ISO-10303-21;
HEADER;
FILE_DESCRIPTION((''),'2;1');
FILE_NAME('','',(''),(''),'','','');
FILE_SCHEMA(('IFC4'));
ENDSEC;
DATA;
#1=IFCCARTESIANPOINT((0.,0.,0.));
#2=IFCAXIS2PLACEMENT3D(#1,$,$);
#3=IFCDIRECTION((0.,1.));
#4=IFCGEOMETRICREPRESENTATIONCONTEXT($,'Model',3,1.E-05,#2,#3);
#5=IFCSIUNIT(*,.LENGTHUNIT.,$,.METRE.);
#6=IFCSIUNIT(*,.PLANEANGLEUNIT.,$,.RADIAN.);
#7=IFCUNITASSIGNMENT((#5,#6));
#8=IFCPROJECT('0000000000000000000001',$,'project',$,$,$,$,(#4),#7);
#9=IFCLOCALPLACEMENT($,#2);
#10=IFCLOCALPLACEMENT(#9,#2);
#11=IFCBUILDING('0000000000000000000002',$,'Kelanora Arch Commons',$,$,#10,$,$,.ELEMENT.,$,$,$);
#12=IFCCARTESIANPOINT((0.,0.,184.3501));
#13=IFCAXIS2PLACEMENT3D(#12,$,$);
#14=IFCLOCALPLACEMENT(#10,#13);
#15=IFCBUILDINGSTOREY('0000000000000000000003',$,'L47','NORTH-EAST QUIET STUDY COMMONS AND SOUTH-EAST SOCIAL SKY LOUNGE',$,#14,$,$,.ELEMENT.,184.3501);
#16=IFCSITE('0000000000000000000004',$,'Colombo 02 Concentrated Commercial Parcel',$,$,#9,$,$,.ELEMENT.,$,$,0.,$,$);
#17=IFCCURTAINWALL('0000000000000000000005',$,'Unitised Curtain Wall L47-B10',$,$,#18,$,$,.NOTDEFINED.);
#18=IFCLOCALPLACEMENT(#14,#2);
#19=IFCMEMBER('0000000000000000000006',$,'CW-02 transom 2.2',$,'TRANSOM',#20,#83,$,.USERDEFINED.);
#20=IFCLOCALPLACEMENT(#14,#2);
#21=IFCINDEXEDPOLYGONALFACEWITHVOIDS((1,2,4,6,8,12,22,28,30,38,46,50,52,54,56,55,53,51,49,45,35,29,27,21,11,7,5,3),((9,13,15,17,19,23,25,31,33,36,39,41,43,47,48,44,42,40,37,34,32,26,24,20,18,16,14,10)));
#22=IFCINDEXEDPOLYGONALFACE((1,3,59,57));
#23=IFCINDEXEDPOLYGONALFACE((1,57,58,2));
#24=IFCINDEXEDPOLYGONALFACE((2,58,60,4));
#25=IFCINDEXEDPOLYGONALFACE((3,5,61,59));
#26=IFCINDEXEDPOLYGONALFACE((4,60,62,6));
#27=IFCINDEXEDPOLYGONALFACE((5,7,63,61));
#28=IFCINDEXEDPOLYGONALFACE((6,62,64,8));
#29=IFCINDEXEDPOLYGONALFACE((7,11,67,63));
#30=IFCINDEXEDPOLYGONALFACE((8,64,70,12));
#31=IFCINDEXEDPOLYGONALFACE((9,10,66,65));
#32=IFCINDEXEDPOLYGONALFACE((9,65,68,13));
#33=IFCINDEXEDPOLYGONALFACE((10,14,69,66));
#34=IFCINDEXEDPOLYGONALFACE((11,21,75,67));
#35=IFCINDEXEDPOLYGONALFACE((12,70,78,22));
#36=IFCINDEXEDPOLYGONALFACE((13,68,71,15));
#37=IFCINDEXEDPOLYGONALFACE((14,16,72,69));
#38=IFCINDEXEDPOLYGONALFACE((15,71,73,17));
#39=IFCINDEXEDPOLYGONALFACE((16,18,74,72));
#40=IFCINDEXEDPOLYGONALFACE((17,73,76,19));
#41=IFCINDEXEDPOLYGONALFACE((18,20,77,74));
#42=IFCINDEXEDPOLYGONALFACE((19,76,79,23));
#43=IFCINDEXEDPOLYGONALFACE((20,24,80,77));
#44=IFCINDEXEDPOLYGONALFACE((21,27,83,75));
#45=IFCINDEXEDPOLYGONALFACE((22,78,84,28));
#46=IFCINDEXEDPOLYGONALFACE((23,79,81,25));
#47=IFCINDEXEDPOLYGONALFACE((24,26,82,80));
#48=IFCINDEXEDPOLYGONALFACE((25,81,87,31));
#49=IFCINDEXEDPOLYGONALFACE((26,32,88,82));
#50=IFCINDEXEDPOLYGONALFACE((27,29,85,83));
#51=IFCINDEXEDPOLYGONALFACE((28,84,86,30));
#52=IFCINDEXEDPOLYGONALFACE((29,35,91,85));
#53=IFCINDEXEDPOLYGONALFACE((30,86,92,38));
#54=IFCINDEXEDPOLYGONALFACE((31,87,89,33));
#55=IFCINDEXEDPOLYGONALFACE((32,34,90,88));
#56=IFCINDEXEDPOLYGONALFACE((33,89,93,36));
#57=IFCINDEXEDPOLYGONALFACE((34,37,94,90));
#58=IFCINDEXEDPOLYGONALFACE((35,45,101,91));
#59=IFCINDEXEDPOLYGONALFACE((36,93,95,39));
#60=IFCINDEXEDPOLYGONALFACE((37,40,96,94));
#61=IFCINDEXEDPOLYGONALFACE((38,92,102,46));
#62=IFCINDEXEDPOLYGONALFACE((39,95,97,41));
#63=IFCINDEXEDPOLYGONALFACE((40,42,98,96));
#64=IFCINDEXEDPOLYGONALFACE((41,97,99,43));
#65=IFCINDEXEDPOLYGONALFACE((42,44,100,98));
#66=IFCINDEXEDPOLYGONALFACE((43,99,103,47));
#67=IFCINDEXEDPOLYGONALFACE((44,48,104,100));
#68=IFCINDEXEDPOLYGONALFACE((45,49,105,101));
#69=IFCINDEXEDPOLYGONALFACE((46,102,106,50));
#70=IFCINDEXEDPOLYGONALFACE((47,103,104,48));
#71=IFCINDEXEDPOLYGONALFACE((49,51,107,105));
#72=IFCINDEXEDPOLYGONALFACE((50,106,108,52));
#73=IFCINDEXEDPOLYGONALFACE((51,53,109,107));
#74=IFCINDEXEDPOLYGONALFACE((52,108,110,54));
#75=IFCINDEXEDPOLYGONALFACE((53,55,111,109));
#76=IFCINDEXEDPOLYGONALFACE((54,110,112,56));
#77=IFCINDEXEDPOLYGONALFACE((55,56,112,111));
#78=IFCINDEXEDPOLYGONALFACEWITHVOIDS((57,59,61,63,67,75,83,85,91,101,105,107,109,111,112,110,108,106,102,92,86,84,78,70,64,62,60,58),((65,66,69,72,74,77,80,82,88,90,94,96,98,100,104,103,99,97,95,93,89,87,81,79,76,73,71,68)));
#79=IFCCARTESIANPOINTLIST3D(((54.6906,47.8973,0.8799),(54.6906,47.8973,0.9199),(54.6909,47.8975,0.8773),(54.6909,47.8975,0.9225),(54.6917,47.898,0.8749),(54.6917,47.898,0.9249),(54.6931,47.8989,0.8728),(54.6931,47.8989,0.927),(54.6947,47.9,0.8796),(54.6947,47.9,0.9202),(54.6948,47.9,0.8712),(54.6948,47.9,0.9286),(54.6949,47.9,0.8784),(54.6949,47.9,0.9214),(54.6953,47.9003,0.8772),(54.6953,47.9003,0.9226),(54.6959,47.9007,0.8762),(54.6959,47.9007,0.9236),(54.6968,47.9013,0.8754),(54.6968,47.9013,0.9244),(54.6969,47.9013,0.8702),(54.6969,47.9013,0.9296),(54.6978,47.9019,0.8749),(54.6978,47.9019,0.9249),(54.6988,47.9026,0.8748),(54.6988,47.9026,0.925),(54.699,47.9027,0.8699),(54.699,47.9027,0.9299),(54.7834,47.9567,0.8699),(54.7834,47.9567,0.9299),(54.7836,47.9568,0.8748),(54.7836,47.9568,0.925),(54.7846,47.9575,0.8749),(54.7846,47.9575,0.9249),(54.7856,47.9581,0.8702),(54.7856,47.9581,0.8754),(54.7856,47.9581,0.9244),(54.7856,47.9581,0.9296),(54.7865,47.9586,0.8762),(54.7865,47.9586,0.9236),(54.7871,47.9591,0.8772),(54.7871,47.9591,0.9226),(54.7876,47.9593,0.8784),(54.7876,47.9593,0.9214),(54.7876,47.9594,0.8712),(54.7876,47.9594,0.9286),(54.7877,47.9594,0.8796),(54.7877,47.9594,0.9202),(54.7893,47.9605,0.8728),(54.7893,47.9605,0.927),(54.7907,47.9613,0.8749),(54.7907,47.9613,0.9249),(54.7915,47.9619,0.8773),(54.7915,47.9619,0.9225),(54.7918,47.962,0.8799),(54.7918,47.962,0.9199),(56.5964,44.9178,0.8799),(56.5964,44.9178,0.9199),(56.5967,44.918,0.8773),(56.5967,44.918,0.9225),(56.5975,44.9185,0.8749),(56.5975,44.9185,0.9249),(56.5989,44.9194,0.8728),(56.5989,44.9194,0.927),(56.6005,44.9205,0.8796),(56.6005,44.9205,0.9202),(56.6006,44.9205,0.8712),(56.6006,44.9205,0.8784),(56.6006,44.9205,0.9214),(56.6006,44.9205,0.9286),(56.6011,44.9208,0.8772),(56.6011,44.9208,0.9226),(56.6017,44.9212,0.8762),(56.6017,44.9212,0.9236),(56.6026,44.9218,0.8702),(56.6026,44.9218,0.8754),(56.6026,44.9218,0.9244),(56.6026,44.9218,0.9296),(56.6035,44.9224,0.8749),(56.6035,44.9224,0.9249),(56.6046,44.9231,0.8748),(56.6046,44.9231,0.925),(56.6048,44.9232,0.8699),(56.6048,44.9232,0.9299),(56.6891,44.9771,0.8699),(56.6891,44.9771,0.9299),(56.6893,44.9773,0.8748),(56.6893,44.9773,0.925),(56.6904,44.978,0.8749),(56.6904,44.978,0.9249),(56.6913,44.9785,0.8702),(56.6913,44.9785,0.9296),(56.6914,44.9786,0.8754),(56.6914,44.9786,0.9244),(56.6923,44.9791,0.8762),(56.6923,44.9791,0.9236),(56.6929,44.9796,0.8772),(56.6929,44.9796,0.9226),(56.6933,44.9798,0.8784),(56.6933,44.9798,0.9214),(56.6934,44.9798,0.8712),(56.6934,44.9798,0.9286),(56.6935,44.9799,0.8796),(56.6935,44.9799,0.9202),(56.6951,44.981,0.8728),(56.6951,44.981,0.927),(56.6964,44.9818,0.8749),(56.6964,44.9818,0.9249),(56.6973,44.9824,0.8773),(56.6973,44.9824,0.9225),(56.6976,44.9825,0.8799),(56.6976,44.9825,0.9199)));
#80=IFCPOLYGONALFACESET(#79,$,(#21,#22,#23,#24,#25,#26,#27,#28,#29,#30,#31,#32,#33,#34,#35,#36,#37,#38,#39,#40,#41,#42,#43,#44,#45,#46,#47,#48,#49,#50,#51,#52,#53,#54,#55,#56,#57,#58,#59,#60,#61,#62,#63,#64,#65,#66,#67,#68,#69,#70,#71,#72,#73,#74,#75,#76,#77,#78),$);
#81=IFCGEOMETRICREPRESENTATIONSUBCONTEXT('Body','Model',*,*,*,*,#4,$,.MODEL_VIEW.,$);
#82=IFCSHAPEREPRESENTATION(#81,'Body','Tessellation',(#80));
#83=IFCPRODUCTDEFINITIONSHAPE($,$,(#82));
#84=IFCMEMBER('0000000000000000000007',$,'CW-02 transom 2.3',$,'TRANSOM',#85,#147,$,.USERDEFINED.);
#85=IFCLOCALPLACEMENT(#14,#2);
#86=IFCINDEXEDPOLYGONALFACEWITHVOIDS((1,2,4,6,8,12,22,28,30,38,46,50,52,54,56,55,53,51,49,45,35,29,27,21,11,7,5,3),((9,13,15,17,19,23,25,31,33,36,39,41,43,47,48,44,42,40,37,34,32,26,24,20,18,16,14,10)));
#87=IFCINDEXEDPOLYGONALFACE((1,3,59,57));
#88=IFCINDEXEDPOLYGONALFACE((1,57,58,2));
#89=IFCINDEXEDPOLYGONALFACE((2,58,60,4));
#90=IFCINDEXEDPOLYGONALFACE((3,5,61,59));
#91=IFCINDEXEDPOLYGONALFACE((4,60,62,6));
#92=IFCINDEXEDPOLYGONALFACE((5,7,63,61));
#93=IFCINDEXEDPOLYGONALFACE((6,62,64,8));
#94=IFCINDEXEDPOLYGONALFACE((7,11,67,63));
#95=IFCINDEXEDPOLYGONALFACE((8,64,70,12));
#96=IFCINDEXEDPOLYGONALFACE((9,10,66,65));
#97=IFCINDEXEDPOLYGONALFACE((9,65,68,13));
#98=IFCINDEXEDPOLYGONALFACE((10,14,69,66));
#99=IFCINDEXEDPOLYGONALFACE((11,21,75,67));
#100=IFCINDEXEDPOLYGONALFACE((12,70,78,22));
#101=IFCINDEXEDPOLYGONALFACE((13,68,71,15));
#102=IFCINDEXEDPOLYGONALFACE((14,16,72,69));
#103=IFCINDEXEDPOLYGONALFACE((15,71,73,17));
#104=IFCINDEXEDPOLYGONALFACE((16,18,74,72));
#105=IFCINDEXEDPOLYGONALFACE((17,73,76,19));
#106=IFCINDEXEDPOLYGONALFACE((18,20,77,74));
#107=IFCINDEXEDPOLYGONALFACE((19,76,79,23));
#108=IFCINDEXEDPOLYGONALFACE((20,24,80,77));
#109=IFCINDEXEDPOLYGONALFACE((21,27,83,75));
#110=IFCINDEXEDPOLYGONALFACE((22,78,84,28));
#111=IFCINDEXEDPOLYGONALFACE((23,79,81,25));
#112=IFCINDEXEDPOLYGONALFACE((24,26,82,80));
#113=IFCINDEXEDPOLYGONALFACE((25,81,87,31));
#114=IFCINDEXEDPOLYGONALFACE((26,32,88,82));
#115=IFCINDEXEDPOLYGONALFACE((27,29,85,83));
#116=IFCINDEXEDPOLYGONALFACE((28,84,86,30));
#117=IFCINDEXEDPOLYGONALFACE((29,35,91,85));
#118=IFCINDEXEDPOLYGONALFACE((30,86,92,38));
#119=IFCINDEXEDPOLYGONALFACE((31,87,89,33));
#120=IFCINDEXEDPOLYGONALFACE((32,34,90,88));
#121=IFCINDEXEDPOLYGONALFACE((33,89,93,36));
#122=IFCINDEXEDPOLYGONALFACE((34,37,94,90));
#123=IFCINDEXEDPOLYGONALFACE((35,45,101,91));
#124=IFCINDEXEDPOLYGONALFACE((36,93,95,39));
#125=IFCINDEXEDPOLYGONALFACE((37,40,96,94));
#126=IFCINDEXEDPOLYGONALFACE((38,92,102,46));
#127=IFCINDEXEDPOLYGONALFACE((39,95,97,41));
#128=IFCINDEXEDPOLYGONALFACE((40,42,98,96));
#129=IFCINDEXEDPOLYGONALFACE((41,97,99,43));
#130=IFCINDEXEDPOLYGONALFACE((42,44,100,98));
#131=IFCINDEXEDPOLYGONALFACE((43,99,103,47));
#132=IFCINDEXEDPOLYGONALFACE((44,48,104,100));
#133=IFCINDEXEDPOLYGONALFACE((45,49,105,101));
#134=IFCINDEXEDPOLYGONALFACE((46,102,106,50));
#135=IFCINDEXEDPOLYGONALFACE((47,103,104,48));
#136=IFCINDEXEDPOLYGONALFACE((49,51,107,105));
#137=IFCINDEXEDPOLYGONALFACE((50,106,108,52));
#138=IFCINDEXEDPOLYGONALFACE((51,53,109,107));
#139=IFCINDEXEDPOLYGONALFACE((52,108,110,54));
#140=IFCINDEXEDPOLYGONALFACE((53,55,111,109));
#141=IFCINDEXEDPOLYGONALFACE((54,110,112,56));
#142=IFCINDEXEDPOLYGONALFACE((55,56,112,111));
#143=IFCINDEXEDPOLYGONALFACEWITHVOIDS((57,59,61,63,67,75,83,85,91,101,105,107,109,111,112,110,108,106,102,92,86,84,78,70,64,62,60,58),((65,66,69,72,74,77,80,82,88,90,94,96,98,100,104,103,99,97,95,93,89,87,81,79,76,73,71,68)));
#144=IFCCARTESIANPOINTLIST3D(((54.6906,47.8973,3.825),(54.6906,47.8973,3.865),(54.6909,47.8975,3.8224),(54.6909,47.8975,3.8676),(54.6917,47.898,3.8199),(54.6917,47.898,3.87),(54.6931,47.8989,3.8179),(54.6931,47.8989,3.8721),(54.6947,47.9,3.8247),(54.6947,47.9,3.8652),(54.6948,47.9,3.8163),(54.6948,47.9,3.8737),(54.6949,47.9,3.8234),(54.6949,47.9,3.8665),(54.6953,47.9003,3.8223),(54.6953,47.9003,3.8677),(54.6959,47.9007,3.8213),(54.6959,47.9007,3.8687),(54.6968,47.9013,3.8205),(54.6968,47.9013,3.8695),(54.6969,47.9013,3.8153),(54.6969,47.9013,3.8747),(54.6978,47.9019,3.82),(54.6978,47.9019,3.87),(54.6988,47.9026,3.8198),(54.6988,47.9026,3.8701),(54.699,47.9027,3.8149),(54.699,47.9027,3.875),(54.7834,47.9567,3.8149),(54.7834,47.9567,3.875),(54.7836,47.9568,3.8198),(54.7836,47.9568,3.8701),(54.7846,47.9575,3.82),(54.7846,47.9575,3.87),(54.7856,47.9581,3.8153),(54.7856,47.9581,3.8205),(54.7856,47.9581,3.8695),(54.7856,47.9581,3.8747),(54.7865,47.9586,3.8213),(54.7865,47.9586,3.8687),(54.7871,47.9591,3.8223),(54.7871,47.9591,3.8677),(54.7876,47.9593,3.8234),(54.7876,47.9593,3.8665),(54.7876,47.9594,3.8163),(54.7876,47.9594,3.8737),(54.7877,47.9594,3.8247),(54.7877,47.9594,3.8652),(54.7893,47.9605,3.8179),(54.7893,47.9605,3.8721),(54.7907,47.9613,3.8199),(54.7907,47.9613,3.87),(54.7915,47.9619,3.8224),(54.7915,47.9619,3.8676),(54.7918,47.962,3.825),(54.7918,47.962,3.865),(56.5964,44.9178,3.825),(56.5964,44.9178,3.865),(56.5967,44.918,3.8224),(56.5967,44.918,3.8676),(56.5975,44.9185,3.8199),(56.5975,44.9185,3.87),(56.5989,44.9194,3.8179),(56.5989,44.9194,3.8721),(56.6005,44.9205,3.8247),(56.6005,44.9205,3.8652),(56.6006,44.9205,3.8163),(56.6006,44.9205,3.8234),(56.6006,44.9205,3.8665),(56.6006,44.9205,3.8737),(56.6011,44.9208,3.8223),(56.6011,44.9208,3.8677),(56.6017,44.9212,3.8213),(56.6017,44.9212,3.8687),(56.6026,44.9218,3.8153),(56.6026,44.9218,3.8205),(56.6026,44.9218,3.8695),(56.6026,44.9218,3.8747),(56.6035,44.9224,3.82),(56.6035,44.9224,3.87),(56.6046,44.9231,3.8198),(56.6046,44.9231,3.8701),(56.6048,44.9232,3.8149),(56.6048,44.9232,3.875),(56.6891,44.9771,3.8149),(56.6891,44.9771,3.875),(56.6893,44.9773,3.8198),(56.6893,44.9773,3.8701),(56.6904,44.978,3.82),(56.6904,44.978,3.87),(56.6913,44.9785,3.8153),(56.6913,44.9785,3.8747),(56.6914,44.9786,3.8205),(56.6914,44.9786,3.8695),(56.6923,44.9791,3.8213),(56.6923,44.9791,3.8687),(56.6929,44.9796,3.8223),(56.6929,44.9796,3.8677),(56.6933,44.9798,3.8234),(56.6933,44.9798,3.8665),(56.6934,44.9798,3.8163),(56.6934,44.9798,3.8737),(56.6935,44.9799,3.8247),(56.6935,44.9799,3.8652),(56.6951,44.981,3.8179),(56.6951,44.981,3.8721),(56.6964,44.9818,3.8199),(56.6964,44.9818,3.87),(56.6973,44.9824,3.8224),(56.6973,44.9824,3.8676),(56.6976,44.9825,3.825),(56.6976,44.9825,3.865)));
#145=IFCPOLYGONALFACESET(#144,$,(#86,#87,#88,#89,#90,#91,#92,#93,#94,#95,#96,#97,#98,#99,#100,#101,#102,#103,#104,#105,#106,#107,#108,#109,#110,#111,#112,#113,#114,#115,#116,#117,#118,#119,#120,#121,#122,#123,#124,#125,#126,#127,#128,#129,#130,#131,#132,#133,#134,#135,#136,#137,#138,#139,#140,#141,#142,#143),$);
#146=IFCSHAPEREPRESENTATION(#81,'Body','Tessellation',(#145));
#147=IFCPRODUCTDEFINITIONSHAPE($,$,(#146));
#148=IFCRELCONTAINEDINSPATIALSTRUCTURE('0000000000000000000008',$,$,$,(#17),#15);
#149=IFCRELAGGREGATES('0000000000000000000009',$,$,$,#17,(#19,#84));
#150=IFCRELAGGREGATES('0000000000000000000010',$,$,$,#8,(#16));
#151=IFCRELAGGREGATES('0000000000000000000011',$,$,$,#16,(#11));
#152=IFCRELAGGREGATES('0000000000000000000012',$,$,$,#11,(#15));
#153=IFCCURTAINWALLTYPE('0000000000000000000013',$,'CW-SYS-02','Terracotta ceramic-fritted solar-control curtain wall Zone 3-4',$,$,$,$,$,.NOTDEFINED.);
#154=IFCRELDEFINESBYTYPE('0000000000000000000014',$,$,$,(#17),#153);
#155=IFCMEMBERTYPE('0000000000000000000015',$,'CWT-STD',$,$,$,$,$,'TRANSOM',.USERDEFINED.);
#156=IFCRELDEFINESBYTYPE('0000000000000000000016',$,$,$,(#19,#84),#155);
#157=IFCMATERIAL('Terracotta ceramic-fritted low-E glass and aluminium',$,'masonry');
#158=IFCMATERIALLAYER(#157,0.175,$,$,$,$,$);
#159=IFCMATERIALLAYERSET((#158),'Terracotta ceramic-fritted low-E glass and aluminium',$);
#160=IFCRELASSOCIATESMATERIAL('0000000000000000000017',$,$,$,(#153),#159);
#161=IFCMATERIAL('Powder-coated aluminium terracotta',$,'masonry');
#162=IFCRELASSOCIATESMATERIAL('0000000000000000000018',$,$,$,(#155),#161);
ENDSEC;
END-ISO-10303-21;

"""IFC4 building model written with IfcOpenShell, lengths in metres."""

from ifc_helpers import new_model, si_unit, direction, frame, origin, origin_2d, place, context, subcontext, project, spatial, hollow_rectangle, extrude, material, layer, layer_set, material_profile, profile_set, type_object, element, aggregate, save


model = new_model("IFC4")

# Units and contexts
model_context = context("Model", 3, precision=1e-05, world=origin(), true_north=direction((0.0, 1.0)))
body_context = subcontext(model_context, "Body", "Model", "MODEL_VIEW")
ifc_project = project(units=[si_unit("LENGTHUNIT", "METRE"), si_unit("PLANEANGLEUNIT", "RADIAN")], contexts=[model_context])

# Site, building, storey
site_placement = place(None, origin())
site = spatial("IfcSite", under=ifc_project, at=site_placement, Name="Colombo 02 Concentrated Commercial Parcel", CompositionType="ELEMENT", RefElevation=0.0)
building_placement = place(site_placement, origin())
building = spatial("IfcBuilding", under=site, at=building_placement, Name="Kelanora Arch Commons", CompositionType="ELEMENT")
storey_placement = place(building_placement, frame((0.0, 0.0, 184.3501)))
storey = spatial("IfcBuildingStorey", under=building, at=storey_placement, Name="L47", Description="NORTH-EAST QUIET STUDY COMMONS AND SOUTH-EAST SOCIAL SKY LOUNGE", CompositionType="ELEMENT", Elevation=184.3501)

# Curtain wall, members
ifc_material_1 = material(Name="Terracotta ceramic-fritted low-E glass and aluminium", Category="masonry")
ifc_layer_1 = layer(ifc_material_1, 0.175)
ifc_layer_set_1 = layer_set([ifc_layer_1], Name="Terracotta ceramic-fritted low-E glass and aluminium")
curtain_wall_type = type_object("IfcCurtainWallType", Name="CW-SYS-02", Description="Terracotta ceramic-fritted solar-control curtain wall Zone 3-4", PredefinedType="NOTDEFINED", material=ifc_layer_set_1)
curtain_wall_placement = place(storey_placement, origin())
curtain_wall = element("IfcCurtainWall", 1, at=curtain_wall_placement, inside=storey, type_object=curtain_wall_type, Name="Unitised Curtain Wall L47-B10", PredefinedType="NOTDEFINED")
ifc_material_2 = material(Name="Powder-coated aluminium terracotta", Category="masonry")
ifc_material_profile_1 = material_profile(ifc_material_2, hollow_rectangle(XDim=0.1201, YDim=0.0601, WallThickness=0.0049, InnerFilletRadius=0.0049, OuterFilletRadius=0.01, at=origin_2d()), Name="CWT120x60")
ifc_profile_set_1 = profile_set([ifc_material_profile_1], Name="Powder-coated aluminium terracotta")
member_type_1 = type_object("IfcMemberType", Name="CWT-STD", ElementType="TRANSOM", PredefinedType="USERDEFINED", material=ifc_profile_set_1)
member_1_placement = place(storey_placement, frame((54.7412, 47.9297, 0.8999), z_axis=(0.53883, -0.842414, 0.0), x_axis=(0.842414, 0.53883, 0.0)))
member_1 = element("IfcMember", 2, at=member_1_placement, type_object=member_type_1, Name="CW-02 transom 2.2", ObjectType="TRANSOM", PredefinedType="USERDEFINED", context=body_context, shape_type="SweptSolid", body=[
    extrude(hollow_rectangle(XDim=0.1201, YDim=0.0601, WallThickness=0.0049, InnerFilletRadius=0.0049, OuterFilletRadius=0.01, at=origin_2d()), origin(), (0.0, 0.0, 1.0), 3.5369),
])
member_2_placement = place(storey_placement, frame((54.7412, 47.9297, 3.845), z_axis=(0.53883, -0.842414, 0.0), x_axis=(0.842414, 0.53883, 0.0)))
member_2 = element("IfcMember", 3, at=member_2_placement, type_object=member_type_1, Name="CW-02 transom 2.3", ObjectType="TRANSOM", PredefinedType="USERDEFINED", context=body_context, shape_type="SweptSolid", body=[
    extrude(hollow_rectangle(XDim=0.1201, YDim=0.0601, WallThickness=0.0049, InnerFilletRadius=0.0049, OuterFilletRadius=0.01, at=origin_2d()), origin(), (0.0, 0.0, 1.0), 3.5369),
])
aggregate(curtain_wall, [member_1, member_2])

save(model, "model.ifc")
